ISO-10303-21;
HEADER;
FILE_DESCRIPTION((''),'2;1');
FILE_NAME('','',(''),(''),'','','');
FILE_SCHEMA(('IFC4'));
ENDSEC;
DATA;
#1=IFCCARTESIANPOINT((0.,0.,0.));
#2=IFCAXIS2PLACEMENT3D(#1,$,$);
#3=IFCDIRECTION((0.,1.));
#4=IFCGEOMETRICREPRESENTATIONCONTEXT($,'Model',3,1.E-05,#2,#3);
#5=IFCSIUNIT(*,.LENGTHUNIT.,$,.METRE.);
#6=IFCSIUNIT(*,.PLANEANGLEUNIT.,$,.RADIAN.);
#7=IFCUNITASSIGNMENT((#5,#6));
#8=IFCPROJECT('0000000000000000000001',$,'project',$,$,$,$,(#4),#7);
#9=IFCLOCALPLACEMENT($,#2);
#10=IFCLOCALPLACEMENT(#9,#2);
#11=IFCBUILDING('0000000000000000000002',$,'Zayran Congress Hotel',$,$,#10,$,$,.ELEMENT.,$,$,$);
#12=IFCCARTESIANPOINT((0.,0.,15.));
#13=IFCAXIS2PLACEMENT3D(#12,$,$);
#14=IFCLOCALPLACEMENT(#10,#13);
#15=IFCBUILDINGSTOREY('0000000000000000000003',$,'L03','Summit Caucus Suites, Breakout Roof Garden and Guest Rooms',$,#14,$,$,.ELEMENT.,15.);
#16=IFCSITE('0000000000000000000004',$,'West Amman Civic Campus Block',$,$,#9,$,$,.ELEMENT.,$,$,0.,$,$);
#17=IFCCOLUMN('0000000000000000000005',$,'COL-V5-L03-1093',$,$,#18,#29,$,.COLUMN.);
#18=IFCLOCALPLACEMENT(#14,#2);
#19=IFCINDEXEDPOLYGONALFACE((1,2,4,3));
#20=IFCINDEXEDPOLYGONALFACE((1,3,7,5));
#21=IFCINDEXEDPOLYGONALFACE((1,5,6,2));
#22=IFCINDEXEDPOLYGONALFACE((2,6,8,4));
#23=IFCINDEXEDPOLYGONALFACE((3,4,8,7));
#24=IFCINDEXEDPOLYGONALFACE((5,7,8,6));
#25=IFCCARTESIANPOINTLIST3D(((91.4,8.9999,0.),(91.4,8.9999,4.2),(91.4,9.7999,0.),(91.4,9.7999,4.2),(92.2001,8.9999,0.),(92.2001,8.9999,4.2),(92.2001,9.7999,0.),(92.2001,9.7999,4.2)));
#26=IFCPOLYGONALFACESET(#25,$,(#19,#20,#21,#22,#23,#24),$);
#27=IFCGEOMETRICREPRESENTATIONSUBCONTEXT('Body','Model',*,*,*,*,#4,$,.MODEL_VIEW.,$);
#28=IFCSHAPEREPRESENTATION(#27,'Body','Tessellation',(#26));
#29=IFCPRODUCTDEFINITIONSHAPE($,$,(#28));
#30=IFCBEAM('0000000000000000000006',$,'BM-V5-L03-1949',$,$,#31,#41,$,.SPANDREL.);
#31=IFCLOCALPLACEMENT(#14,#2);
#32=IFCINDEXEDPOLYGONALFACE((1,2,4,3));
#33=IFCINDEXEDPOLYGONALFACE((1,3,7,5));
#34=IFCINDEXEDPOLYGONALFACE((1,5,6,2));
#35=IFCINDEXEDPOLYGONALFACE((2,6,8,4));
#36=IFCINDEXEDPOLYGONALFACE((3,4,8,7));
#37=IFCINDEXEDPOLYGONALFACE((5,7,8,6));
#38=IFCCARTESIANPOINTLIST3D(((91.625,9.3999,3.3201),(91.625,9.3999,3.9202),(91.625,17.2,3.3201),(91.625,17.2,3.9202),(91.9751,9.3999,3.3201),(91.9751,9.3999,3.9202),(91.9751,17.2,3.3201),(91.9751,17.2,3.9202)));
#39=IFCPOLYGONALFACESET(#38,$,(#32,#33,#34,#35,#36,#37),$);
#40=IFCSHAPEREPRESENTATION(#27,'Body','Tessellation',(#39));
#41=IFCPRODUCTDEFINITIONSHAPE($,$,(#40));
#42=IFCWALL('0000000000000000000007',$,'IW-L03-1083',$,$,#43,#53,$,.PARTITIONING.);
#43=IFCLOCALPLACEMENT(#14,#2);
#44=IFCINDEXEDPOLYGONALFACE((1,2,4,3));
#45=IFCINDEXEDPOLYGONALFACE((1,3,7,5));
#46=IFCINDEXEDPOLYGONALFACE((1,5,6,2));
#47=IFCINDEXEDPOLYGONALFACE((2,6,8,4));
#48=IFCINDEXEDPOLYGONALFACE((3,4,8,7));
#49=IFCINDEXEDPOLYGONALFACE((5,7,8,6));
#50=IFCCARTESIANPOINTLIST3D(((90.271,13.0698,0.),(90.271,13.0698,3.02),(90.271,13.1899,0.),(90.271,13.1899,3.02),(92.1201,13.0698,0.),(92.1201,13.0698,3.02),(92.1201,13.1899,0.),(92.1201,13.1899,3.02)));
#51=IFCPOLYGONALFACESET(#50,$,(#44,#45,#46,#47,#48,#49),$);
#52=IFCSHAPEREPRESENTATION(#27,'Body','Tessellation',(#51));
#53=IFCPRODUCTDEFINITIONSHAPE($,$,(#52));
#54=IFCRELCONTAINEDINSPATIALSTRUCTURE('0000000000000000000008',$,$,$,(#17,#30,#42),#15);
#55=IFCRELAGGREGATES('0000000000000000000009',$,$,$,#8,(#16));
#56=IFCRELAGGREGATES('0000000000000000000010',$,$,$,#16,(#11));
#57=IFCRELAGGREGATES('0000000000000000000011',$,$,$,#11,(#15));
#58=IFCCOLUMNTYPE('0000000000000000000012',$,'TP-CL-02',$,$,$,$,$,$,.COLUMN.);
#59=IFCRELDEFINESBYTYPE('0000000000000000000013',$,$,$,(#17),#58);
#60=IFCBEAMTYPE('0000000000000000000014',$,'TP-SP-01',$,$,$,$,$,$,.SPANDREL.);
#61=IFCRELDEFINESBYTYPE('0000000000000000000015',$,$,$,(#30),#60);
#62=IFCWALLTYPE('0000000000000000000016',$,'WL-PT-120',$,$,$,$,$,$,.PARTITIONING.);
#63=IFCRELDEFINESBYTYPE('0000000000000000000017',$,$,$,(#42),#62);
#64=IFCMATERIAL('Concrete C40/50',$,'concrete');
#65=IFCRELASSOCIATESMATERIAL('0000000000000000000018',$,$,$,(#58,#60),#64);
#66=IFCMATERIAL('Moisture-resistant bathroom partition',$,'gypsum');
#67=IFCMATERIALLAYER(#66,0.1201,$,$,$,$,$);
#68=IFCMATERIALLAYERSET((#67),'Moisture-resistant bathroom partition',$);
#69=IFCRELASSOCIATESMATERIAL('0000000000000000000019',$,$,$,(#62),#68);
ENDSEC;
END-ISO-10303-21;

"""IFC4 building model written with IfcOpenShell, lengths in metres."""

from ifc_helpers import new_model, si_unit, direction, frame, frame_2d, origin, origin_2d, place, context, subcontext, project, spatial, rectangle, extrude, material, layer, layer_set, material_profile, profile_set, type_object, element, save


model = new_model("IFC4")

# Units and contexts
model_context = context("Model", 3, precision=1e-05, world=origin(), true_north=direction((0.0, 1.0)))
body_context = subcontext(model_context, "Body", "Model", "MODEL_VIEW")
ifc_project = project(units=[si_unit("LENGTHUNIT", "METRE"), si_unit("PLANEANGLEUNIT", "RADIAN")], contexts=[model_context])

# Site, building, storey
site_placement = place(None, origin())
site = spatial("IfcSite", under=ifc_project, at=site_placement, Name="West Amman Civic Campus Block", CompositionType="ELEMENT", RefElevation=0.0)
building_placement = place(site_placement, origin())
building = spatial("IfcBuilding", under=site, at=building_placement, Name="Zayran Congress Hotel", CompositionType="ELEMENT")
storey_placement = place(building_placement, frame((0.0, 0.0, 15.0)))
storey = spatial("IfcBuildingStorey", under=building, at=storey_placement, Name="L03", Description="Summit Caucus Suites, Breakout Roof Garden and Guest Rooms", CompositionType="ELEMENT", Elevation=15.0)

# Column
ifc_material_1 = material(Name="Concrete C40/50", Category="concrete")
ifc_material_profile_1 = material_profile(ifc_material_1, rectangle(XDim=0.8, YDim=0.8, at=origin_2d()), Name="RC 800x800")
ifc_profile_set_1 = profile_set([ifc_material_profile_1], Name="Concrete C40/50")
column_type = type_object("IfcColumnType", Name="TP-CL-02", PredefinedType="COLUMN", material=ifc_profile_set_1)
column_placement = place(storey_placement, frame((91.8, 9.3999, 0.0), z_axis=(0.0, 0.0, 1.0), x_axis=(1.0, 0.0, 0.0)))
element("IfcColumn", 1, at=column_placement, inside=storey, type_object=column_type, Name="COL-V5-L03-1093", PredefinedType="COLUMN", context=body_context, shape_type="SweptSolid", body=[
    extrude(rectangle(XDim=0.8, YDim=0.8, at=origin_2d()), origin(), (0.0, 0.0, 1.0), 4.2),
])

# Beam
ifc_material_profile_2 = material_profile(ifc_material_1, rectangle(XDim=0.3501, YDim=0.6001, at=origin_2d()), Name="RC 350x600")
ifc_profile_set_2 = profile_set([ifc_material_profile_2], Name="Concrete C40/50")
beam_type = type_object("IfcBeamType", Name="TP-SP-01", PredefinedType="SPANDREL", material=ifc_profile_set_2)
beam_placement = place(storey_placement, frame((91.8, 9.3999, 3.6201), z_axis=(0.0, 1.0, 0.0), x_axis=(-1.0, 0.0, 0.0)))
element("IfcBeam", 2, at=beam_placement, inside=storey, type_object=beam_type, Name="BM-V5-L03-1949", PredefinedType="SPANDREL", context=body_context, shape_type="SweptSolid", body=[
    extrude(rectangle(XDim=0.3501, YDim=0.6001, at=origin_2d()), origin(), (0.0, 0.0, 1.0), 7.8),
])

# Shared definitions
ifc_material_2 = material(Name="Moisture-resistant bathroom partition", Category="gypsum")
ifc_layer = layer(ifc_material_2, 0.1201)
ifc_layer_set = layer_set([ifc_layer], Name="Moisture-resistant bathroom partition")
wall_type = type_object("IfcWallType", Name="WL-PT-120", PredefinedType="PARTITIONING", material=ifc_layer_set)

# Wall
wall_1_placement = place(storey_placement, frame((90.271, 13.1299, 0.0), z_axis=(0.0, 0.0, 1.0), x_axis=(1.0, 0.0, 0.0)))
element("IfcWall", 3, at=wall_1_placement, inside=storey, type_object=wall_type, Name="IW-L03-1083", PredefinedType="PARTITIONING", context=body_context, shape_type="SweptSolid", body=[
    extrude(rectangle(XDim=1.8491, YDim=0.1201, at=frame_2d((0.9246, 0.0))), origin(), (0.0, 0.0, 1.0), 3.02),
])

save(model, "model.ifc")
